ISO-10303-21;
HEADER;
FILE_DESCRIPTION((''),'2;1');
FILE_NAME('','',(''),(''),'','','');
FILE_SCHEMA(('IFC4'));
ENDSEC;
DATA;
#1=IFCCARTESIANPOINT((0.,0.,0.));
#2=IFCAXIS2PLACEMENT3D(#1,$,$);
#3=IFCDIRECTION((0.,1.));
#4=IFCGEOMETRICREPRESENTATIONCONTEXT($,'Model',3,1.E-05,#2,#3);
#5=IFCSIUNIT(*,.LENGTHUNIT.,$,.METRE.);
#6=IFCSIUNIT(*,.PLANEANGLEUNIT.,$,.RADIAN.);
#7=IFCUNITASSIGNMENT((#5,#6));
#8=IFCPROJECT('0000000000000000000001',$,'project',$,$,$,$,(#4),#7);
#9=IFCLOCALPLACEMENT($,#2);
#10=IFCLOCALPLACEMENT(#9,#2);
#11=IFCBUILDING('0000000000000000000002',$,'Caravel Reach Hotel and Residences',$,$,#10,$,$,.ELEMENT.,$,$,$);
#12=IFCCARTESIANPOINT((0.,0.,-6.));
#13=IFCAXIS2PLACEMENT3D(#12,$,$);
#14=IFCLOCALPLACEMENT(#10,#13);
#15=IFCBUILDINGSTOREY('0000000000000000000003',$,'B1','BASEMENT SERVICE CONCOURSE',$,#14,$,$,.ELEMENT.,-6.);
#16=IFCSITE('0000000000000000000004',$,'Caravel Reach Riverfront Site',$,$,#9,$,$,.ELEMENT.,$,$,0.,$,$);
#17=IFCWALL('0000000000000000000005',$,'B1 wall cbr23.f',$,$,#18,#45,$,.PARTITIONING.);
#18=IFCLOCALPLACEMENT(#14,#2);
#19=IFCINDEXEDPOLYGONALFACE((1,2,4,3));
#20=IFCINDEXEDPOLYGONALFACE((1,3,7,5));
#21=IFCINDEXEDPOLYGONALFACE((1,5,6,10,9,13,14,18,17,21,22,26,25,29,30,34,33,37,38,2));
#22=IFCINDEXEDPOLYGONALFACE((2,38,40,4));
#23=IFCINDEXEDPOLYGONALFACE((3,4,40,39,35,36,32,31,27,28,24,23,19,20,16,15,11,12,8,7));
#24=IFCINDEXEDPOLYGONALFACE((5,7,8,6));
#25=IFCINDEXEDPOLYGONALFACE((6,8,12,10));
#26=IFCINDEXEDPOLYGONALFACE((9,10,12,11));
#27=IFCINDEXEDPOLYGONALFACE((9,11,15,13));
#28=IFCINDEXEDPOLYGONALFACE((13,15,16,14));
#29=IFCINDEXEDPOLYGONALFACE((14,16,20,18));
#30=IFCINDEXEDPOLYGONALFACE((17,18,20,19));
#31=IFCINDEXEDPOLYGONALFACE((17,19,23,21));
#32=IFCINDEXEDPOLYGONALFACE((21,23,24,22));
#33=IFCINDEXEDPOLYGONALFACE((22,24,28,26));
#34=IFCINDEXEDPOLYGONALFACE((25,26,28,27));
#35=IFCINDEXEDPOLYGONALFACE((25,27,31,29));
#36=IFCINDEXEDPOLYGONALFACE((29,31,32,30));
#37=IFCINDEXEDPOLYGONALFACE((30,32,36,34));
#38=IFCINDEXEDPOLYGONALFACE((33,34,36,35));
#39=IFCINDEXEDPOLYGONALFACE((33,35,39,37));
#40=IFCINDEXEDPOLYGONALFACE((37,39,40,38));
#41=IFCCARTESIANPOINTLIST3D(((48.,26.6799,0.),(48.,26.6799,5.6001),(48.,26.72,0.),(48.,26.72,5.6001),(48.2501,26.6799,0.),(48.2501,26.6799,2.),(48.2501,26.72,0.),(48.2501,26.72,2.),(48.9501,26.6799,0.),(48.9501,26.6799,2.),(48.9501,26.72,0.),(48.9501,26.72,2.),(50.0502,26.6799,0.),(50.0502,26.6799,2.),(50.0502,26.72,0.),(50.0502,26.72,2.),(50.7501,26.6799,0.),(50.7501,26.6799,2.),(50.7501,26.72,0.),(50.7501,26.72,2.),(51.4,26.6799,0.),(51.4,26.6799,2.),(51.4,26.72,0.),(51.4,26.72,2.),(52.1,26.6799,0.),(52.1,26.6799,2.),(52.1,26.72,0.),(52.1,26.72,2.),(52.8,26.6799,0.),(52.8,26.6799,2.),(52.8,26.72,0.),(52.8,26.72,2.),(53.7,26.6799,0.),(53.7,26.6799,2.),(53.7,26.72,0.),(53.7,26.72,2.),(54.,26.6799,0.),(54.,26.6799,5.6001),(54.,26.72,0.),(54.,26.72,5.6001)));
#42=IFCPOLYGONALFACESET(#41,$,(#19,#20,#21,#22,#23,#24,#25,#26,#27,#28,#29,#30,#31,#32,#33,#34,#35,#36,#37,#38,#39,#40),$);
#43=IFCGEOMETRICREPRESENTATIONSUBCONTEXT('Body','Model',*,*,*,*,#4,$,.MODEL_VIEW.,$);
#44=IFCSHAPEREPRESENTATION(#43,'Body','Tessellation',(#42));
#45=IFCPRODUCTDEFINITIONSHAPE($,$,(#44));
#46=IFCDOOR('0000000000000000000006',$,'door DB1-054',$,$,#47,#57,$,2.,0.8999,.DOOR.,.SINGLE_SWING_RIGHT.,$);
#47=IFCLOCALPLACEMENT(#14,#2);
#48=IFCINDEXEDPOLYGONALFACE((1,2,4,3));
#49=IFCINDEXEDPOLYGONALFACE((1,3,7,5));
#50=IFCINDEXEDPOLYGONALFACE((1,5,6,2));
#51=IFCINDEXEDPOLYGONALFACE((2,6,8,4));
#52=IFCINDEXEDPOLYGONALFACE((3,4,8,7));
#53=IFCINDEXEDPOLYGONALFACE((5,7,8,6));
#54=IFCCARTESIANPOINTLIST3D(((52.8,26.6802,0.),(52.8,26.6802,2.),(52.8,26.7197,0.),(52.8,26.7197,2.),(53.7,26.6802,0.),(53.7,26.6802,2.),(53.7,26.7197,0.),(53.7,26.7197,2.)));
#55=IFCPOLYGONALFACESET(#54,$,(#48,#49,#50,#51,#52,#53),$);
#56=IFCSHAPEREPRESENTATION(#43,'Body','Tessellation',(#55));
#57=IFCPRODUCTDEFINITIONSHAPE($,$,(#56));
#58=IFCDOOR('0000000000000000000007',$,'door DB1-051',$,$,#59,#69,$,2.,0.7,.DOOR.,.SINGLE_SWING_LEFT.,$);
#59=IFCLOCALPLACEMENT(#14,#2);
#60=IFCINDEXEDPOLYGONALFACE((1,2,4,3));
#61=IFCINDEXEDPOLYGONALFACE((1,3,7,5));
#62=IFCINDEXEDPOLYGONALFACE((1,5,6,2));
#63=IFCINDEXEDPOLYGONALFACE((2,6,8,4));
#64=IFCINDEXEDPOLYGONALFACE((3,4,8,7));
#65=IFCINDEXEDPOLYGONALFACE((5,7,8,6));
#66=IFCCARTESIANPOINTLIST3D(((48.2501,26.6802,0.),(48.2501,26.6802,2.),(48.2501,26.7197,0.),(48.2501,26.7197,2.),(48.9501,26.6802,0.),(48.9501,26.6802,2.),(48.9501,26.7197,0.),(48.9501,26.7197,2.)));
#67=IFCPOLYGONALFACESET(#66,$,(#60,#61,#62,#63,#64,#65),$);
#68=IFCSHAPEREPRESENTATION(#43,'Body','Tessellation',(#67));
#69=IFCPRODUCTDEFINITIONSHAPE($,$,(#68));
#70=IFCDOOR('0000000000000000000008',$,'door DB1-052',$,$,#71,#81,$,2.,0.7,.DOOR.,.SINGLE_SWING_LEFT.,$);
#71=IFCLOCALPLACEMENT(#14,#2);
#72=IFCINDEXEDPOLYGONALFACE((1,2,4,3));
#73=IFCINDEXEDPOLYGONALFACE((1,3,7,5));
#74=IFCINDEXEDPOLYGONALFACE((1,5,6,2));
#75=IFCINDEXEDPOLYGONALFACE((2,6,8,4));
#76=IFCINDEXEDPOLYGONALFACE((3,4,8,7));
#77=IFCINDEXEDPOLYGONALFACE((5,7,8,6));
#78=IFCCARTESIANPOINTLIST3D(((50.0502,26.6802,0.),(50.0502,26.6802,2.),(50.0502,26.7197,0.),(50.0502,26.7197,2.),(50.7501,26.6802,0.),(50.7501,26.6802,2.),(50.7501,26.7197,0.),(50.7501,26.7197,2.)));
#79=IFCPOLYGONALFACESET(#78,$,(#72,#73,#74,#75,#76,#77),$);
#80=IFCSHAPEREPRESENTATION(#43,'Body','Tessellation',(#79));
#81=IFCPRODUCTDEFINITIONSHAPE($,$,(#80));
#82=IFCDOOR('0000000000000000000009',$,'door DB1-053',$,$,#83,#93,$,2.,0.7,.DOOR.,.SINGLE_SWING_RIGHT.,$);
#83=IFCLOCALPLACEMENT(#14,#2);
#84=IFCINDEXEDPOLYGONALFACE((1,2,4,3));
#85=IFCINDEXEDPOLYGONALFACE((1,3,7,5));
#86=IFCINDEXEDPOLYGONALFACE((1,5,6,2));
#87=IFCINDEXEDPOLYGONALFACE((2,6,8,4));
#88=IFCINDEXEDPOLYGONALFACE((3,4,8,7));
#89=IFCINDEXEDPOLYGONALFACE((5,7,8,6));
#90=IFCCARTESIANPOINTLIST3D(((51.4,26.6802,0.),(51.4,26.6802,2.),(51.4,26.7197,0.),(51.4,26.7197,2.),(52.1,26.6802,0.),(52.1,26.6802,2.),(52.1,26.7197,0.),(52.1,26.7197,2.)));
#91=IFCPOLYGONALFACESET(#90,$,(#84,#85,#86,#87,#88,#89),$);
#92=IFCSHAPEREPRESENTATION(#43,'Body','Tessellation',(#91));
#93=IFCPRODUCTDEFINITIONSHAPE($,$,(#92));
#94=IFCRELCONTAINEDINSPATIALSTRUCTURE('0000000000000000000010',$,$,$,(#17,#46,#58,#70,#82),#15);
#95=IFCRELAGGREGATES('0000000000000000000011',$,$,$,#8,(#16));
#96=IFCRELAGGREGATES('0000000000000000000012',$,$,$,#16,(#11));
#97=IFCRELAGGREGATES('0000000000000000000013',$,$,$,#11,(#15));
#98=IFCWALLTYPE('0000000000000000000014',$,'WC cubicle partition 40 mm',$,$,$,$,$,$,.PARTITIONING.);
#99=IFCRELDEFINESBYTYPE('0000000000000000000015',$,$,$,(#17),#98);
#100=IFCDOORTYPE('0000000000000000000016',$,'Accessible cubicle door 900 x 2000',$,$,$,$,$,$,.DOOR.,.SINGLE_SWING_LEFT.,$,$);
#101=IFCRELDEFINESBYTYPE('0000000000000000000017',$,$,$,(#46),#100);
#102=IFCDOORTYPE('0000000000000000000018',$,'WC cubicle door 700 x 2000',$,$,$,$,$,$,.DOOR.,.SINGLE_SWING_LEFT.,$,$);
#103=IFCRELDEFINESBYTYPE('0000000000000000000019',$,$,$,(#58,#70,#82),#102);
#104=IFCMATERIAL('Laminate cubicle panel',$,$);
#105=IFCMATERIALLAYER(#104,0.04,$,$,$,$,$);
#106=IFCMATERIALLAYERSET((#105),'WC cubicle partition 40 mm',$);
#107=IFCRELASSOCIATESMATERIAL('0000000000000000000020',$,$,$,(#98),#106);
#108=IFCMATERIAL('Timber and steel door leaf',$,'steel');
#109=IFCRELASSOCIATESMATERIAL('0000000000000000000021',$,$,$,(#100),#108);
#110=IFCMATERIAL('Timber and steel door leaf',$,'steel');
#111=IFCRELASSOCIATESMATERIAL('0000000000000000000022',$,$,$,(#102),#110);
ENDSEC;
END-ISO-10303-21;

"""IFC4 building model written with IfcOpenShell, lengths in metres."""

from ifc_helpers import new_model, si_unit, direction, frame, frame_2d, origin, place, context, subcontext, project, spatial, rectangle, extrude, material, layer, layer_set, type_object, element, fill, save


model = new_model("IFC4")

# Units and contexts
model_context = context("Model", 3, precision=1e-05, world=origin(), true_north=direction((0.0, 1.0)))
body_context = subcontext(model_context, "Body", "Model", "MODEL_VIEW")
ifc_project = project(units=[si_unit("LENGTHUNIT", "METRE"), si_unit("PLANEANGLEUNIT", "RADIAN")], contexts=[model_context])

# Site, building, storey
site_placement = place(None, origin())
site = spatial("IfcSite", under=ifc_project, at=site_placement, Name="Caravel Reach Riverfront Site", CompositionType="ELEMENT", RefElevation=0.0)
building_placement = place(site_placement, origin())
building = spatial("IfcBuilding", under=site, at=building_placement, Name="Caravel Reach Hotel and Residences", CompositionType="ELEMENT")
storey_placement = place(building_placement, frame((0.0, 0.0, -6.0)))
storey = spatial("IfcBuildingStorey", under=building, at=storey_placement, Name="B1", Description="BASEMENT SERVICE CONCOURSE", CompositionType="ELEMENT", Elevation=-6.0)

# Wall, openings, doors
ifc_material_1 = material(Name="Laminate cubicle panel")
ifc_layer_1 = layer(ifc_material_1, 0.04)
ifc_layer_set_1 = layer_set([ifc_layer_1], Name="WC cubicle partition 40 mm")
wall_type_1 = type_object("IfcWallType", Name="WC cubicle partition 40 mm", PredefinedType="PARTITIONING", material=ifc_layer_set_1)
wall_1_placement = place(storey_placement, frame((48.0, 26.7, 0.0), z_axis=(0.0, 0.0, 1.0), x_axis=(1.0, 0.0, 0.0)))
wall_1 = element("IfcWall", 1, at=wall_1_placement, inside=storey, type_object=wall_type_1, Name="B1 wall cbr23.f", PredefinedType="PARTITIONING", context=body_context, shape_type="SweptSolid", body=[
    extrude(rectangle(XDim=6.0, YDim=0.04, at=frame_2d((3.0, 0.0))), origin(), (0.0, 0.0, 1.0), 5.6001),
])
opening_1_placement = place(wall_1_placement, frame((0.25, 0.0, 0.0)))
opening_1 = element("IfcOpeningElement", 2, at=opening_1_placement, cuts=wall_1, PredefinedType="OPENING", context=body_context, shape_type="SweptSolid", body=[
    extrude(rectangle(XDim=0.7, YDim=2.0, at=frame_2d((0.3501, 1.0))), frame((0.0, 0.03, 0.0), z_axis=(0.0, -1.0, 0.0), x_axis=(1.0, 0.0, 0.0)), (0.0, 0.0, 1.0), 0.0601),
])
opening_2_placement = place(wall_1_placement, frame((2.05, 0.0, 0.0)))
opening_2 = element("IfcOpeningElement", 3, at=opening_2_placement, cuts=wall_1, PredefinedType="OPENING", context=body_context, shape_type="SweptSolid", body=[
    extrude(rectangle(XDim=0.7, YDim=2.0, at=frame_2d((0.3501, 1.0))), frame((0.0, 0.03, 0.0), z_axis=(0.0, -1.0, 0.0), x_axis=(1.0, 0.0, 0.0)), (0.0, 0.0, 1.0), 0.0601),
])
opening_3_placement = place(wall_1_placement, frame((3.3999, 0.0, 0.0)))
opening_3 = element("IfcOpeningElement", 4, at=opening_3_placement, cuts=wall_1, PredefinedType="OPENING", context=body_context, shape_type="SweptSolid", body=[
    extrude(rectangle(XDim=0.7, YDim=2.0, at=frame_2d((0.3501, 1.0))), frame((0.0, 0.03, 0.0), z_axis=(0.0, -1.0, 0.0), x_axis=(1.0, 0.0, 0.0)), (0.0, 0.0, 1.0), 0.0601),
])
opening_4_placement = place(wall_1_placement, frame((4.8, 0.0, 0.0)))
opening_4 = element("IfcOpeningElement", 5, at=opening_4_placement, cuts=wall_1, PredefinedType="OPENING", context=body_context, shape_type="SweptSolid", body=[
    extrude(rectangle(XDim=0.8999, YDim=2.0, at=frame_2d((0.45, 1.0))), frame((0.0, 0.03, 0.0), z_axis=(0.0, -1.0, 0.0), x_axis=(1.0, 0.0, 0.0)), (0.0, 0.0, 1.0), 0.0601),
])
ifc_material_2 = material(Name="Timber and steel door leaf", Category="steel")
door_type_1 = type_object("IfcDoorType", Name="Accessible cubicle door 900 x 2000", OperationType="SINGLE_SWING_LEFT", PredefinedType="DOOR", material=ifc_material_2)
door_1_placement = place(opening_4_placement, origin())
door_1 = element("IfcDoor", 6, at=door_1_placement, inside=storey, type_object=door_type_1, Name="door DB1-054", OperationType="SINGLE_SWING_RIGHT", OverallHeight=2.0, OverallWidth=0.8999, PredefinedType="DOOR", context=body_context, shape_type="SweptSolid", body=[
    extrude(rectangle(XDim=0.8999, YDim=2.0, at=frame_2d((0.45, 1.0))), frame((0.0, 0.0198, 0.0), z_axis=(0.0, -1.0, 0.0), x_axis=(1.0, 0.0, 0.0)), (0.0, 0.0, 1.0), 0.0396),
])
fill(opening_4, door_1)
ifc_material_3 = material(Name="Timber and steel door leaf", Category="steel")
door_type_2 = type_object("IfcDoorType", Name="WC cubicle door 700 x 2000", OperationType="SINGLE_SWING_LEFT", PredefinedType="DOOR", material=ifc_material_3)
door_2_placement = place(opening_1_placement, origin())
door_2 = element("IfcDoor", 7, at=door_2_placement, inside=storey, type_object=door_type_2, Name="door DB1-051", OperationType="SINGLE_SWING_LEFT", OverallHeight=2.0, OverallWidth=0.7, PredefinedType="DOOR", context=body_context, shape_type="SweptSolid", body=[
    extrude(rectangle(XDim=0.7, YDim=2.0, at=frame_2d((0.3501, 1.0))), frame((0.0, 0.0198, 0.0), z_axis=(0.0, -1.0, 0.0), x_axis=(1.0, 0.0, 0.0)), (0.0, 0.0, 1.0), 0.0396),
])
fill(opening_1, door_2)
door_3_placement = place(opening_2_placement, origin())
door_3 = element("IfcDoor", 8, at=door_3_placement, inside=storey, type_object=door_type_2, Name="door DB1-052", OperationType="SINGLE_SWING_LEFT", OverallHeight=2.0, OverallWidth=0.7, PredefinedType="DOOR", context=body_context, shape_type="SweptSolid", body=[
    extrude(rectangle(XDim=0.7, YDim=2.0, at=frame_2d((0.3501, 1.0))), frame((0.0, 0.0198, 0.0), z_axis=(0.0, -1.0, 0.0), x_axis=(1.0, 0.0, 0.0)), (0.0, 0.0, 1.0), 0.0396),
])
fill(opening_2, door_3)
door_4_placement = place(opening_3_placement, origin())
door_4 = element("IfcDoor", 9, at=door_4_placement, inside=storey, type_object=door_type_2, Name="door DB1-053", OperationType="SINGLE_SWING_RIGHT", OverallHeight=2.0, OverallWidth=0.7, PredefinedType="DOOR", context=body_context, shape_type="SweptSolid", body=[
    extrude(rectangle(XDim=0.7, YDim=2.0, at=frame_2d((0.3501, 1.0))), frame((0.0, 0.0198, 0.0), z_axis=(0.0, -1.0, 0.0), x_axis=(1.0, 0.0, 0.0)), (0.0, 0.0, 1.0), 0.0396),
])
fill(opening_3, door_4)

save(model, "model.ifc")
